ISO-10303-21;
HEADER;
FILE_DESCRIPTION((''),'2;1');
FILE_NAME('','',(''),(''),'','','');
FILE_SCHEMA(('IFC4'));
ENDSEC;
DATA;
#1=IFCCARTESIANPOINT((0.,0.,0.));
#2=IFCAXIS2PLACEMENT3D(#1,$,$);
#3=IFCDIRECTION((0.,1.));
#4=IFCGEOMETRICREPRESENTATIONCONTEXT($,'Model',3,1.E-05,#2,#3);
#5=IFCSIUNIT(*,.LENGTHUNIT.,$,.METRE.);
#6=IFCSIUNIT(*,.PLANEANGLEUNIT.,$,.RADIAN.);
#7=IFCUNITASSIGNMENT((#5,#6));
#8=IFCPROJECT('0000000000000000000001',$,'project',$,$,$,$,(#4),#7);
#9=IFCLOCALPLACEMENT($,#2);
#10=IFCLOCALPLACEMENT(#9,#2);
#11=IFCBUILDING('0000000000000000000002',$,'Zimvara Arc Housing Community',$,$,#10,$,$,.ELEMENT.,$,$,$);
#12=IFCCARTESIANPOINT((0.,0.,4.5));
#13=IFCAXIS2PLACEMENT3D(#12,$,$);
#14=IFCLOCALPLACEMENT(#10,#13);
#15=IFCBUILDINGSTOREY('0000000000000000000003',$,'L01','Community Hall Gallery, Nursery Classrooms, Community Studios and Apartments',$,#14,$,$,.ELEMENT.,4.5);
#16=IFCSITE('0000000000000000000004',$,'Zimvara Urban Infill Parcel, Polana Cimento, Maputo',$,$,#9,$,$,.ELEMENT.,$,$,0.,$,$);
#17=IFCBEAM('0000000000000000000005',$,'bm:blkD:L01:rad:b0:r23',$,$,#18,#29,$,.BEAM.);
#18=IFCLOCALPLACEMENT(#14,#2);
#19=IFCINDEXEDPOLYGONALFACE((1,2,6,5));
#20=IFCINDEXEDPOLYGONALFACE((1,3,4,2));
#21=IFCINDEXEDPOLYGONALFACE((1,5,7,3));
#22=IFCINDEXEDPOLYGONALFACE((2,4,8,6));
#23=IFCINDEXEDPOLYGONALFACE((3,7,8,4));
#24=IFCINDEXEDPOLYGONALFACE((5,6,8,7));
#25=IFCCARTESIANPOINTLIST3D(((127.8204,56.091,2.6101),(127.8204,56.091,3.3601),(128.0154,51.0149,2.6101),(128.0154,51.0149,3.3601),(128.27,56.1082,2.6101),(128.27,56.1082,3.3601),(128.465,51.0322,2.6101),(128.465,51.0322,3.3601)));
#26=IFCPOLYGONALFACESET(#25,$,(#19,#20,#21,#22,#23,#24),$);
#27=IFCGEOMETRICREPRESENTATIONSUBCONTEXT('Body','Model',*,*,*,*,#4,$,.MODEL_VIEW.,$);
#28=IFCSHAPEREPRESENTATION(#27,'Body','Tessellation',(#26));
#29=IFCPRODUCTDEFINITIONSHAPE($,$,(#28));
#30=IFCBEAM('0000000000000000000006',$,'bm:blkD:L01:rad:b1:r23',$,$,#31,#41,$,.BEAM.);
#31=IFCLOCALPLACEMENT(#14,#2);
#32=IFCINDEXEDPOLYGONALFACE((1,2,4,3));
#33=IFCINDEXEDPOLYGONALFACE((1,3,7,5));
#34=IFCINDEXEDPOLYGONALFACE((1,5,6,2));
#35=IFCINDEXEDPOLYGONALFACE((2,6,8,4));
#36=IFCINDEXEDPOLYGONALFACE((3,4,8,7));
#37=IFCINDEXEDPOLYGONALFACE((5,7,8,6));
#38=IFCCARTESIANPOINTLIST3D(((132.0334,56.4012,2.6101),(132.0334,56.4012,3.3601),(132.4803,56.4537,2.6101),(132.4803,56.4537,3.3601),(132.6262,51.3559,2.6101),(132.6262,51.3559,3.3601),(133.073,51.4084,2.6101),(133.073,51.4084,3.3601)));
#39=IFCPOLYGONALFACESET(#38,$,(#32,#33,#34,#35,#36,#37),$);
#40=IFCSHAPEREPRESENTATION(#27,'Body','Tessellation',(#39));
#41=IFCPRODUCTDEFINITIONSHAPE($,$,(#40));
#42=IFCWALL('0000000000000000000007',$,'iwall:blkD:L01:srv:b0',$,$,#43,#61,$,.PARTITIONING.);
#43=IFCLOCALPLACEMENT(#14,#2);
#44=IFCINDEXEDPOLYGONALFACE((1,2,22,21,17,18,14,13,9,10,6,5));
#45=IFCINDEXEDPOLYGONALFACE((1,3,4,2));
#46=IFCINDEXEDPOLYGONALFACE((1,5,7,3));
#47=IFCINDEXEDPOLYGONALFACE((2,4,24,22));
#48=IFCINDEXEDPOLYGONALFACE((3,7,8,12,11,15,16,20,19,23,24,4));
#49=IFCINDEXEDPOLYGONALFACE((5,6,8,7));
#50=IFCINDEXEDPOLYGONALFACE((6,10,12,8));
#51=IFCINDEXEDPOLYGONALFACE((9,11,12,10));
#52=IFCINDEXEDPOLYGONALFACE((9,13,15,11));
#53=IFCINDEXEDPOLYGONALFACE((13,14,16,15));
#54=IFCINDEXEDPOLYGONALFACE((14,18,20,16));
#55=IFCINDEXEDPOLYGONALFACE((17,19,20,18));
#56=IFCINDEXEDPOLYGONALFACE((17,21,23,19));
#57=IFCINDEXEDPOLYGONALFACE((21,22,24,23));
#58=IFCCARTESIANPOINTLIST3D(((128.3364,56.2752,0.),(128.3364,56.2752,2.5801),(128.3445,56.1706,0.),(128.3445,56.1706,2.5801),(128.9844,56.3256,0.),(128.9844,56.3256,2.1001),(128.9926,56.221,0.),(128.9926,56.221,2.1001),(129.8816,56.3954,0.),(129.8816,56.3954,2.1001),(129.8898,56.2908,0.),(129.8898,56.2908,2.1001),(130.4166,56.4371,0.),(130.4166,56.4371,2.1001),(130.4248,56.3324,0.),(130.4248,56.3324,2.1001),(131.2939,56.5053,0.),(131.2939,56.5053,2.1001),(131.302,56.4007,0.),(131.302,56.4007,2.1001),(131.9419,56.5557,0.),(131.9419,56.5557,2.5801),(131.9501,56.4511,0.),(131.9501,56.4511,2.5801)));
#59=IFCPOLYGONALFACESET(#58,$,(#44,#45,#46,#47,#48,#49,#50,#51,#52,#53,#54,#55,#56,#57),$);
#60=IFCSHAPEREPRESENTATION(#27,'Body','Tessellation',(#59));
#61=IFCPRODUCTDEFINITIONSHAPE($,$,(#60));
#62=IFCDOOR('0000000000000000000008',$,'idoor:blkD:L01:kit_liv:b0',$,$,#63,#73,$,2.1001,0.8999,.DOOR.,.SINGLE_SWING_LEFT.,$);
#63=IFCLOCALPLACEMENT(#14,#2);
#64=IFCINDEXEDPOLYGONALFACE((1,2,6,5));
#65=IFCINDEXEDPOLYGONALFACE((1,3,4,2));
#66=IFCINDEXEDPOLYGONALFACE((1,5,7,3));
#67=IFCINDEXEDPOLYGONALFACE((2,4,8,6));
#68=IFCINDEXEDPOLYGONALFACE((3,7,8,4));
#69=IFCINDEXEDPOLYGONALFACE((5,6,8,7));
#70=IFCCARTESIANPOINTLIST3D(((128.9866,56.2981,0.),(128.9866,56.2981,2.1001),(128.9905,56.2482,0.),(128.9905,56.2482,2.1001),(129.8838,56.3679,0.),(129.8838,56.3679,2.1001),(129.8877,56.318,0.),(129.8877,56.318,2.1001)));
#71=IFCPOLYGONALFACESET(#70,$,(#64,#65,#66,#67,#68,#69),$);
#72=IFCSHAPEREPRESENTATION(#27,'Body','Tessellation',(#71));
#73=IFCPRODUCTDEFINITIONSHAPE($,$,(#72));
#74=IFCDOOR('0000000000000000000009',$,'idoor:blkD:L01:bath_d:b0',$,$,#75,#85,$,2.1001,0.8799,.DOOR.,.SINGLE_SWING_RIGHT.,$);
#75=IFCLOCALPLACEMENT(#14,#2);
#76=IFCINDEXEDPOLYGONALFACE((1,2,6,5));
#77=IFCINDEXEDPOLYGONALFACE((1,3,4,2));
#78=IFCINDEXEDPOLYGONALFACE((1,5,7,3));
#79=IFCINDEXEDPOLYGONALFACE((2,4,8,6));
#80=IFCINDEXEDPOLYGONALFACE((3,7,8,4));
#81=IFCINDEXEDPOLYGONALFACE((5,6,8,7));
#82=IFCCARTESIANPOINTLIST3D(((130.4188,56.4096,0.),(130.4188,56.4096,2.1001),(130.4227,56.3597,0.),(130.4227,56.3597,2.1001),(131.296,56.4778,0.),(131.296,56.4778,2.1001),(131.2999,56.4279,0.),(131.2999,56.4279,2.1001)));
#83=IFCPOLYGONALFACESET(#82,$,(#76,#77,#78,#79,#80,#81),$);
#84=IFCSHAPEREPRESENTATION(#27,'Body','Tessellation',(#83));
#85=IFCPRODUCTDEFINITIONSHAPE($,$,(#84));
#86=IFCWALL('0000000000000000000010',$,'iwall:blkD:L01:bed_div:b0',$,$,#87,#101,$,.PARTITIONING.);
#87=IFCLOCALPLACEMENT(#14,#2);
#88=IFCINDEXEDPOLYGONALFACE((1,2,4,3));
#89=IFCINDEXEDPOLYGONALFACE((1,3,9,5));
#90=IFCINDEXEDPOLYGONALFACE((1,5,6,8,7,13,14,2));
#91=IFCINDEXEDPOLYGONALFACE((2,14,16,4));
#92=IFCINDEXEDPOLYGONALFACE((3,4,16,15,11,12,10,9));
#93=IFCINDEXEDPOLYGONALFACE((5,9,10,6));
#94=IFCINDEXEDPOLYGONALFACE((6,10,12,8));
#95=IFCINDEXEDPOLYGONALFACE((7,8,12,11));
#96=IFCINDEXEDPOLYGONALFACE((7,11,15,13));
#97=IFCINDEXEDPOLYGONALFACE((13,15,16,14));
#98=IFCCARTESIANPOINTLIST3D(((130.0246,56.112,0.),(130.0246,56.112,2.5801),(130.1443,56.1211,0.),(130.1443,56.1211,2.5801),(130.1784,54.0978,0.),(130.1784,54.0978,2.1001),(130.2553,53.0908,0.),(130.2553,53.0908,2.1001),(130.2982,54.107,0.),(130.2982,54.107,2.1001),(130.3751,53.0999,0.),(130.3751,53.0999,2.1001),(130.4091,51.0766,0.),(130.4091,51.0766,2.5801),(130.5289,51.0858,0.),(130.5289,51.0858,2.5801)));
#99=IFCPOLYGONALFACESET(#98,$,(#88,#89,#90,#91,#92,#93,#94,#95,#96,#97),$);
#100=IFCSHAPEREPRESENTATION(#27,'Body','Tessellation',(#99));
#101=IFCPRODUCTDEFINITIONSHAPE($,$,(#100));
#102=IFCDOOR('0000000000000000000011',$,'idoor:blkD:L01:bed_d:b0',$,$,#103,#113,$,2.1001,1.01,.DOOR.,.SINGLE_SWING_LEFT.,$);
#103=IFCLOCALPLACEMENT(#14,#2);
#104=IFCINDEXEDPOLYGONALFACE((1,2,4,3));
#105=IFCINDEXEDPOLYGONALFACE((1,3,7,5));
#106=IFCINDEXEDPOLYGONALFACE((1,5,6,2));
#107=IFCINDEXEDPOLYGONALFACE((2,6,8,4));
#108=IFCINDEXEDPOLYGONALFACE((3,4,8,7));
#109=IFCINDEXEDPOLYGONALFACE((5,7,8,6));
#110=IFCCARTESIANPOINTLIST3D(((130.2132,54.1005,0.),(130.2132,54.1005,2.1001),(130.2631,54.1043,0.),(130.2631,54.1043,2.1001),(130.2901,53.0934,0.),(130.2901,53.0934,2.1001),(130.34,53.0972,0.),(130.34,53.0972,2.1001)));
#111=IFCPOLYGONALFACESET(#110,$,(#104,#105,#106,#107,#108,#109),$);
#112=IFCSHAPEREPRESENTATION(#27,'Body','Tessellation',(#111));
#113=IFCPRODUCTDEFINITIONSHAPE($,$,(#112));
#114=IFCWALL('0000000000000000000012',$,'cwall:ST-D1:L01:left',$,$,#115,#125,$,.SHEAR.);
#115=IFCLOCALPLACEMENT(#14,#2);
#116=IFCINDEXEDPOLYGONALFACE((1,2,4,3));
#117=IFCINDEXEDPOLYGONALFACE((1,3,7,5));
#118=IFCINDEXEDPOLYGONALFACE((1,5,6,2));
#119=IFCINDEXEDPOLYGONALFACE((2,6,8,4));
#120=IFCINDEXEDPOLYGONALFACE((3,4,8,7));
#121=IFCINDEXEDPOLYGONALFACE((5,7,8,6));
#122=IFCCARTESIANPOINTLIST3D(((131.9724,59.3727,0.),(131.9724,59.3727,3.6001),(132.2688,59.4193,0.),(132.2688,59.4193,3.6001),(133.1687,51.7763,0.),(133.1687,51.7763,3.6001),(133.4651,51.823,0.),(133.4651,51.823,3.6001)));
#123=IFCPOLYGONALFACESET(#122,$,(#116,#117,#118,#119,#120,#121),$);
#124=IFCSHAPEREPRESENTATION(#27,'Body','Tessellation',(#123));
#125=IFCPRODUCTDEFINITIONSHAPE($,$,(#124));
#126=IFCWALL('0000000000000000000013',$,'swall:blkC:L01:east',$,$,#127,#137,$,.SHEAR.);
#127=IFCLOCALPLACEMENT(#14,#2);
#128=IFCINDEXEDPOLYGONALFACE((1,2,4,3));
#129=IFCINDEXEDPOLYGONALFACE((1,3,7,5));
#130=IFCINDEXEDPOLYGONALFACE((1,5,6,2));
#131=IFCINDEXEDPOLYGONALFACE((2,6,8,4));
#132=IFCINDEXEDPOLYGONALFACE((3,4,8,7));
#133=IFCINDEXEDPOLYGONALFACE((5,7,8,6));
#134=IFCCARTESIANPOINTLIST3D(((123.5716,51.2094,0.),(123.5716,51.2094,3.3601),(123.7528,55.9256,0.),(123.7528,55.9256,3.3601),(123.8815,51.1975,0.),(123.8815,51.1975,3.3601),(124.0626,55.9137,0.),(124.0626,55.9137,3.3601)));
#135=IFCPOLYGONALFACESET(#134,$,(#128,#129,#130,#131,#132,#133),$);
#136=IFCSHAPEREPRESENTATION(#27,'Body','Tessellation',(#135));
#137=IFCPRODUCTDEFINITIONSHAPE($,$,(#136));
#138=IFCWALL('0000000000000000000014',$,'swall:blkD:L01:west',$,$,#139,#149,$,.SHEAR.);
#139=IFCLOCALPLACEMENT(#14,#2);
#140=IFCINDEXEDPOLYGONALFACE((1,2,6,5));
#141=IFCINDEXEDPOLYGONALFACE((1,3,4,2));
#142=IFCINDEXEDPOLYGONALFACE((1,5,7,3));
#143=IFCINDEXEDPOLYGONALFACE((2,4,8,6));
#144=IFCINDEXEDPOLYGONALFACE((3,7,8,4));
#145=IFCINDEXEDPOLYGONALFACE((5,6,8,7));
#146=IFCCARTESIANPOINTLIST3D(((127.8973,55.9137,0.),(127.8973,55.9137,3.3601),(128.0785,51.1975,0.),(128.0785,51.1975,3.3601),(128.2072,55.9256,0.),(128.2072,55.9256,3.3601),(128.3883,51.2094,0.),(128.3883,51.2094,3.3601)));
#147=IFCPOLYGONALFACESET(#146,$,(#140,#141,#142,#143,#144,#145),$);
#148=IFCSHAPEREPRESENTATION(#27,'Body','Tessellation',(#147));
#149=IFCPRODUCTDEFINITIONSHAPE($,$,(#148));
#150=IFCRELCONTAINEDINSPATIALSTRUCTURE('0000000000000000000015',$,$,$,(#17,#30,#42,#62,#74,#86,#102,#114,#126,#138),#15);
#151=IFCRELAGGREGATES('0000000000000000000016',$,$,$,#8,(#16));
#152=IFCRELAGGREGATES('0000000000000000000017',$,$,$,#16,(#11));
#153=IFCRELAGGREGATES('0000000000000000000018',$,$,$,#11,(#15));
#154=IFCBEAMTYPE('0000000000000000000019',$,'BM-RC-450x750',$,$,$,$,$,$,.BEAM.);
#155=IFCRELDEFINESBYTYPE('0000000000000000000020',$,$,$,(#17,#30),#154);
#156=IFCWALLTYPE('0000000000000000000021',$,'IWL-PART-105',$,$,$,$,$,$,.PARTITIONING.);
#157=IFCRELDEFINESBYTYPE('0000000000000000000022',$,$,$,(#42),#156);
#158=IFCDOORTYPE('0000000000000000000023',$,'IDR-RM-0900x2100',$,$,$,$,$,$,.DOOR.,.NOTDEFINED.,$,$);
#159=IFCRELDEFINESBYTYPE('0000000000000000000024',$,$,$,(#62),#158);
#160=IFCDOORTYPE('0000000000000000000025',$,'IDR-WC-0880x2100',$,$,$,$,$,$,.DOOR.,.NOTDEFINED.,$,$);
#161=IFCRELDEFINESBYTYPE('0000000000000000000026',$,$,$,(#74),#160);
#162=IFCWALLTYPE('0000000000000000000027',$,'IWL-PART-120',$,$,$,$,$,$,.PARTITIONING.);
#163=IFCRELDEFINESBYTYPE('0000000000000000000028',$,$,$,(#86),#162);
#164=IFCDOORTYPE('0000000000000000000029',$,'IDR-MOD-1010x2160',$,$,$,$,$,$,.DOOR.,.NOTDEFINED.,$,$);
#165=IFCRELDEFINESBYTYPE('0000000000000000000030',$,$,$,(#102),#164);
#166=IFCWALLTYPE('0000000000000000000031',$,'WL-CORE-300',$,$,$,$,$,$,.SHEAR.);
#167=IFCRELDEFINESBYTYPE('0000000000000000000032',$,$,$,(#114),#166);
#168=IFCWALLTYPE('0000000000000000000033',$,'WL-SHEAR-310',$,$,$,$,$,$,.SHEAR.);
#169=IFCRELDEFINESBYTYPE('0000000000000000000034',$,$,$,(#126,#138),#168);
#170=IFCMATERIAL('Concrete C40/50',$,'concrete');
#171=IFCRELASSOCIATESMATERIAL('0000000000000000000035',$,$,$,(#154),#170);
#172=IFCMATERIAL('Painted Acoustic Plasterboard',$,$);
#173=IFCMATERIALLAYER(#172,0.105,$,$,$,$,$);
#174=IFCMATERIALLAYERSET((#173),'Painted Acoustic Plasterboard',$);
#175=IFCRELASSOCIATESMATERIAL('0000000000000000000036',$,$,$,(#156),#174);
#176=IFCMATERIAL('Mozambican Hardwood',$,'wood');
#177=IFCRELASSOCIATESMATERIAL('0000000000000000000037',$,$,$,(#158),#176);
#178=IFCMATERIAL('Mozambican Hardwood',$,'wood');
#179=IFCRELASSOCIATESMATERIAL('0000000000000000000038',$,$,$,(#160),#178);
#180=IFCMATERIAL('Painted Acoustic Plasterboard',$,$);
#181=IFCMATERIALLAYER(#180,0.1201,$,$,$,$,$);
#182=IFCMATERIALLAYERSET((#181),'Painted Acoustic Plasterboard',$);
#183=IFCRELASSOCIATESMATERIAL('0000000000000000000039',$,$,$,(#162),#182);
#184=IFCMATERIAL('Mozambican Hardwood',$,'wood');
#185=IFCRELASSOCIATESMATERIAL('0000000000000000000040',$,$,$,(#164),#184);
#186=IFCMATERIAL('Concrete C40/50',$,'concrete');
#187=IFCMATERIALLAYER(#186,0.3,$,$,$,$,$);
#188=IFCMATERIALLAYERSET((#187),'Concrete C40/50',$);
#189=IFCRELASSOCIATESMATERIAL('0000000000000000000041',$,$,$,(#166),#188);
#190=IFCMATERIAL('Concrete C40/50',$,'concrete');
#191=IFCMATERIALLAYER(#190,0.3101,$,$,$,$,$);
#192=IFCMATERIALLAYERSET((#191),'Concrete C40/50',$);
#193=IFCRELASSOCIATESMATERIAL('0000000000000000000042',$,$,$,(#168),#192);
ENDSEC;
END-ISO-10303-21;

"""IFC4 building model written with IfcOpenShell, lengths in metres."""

from ifc_helpers import new_model, si_unit, direction, frame, frame_2d, origin, origin_2d, place, context, subcontext, project, spatial, rectangle, extrude, material, layer, layer_set, material_profile, profile_set, type_object, element, fill, save


model = new_model("IFC4")

# Units and contexts
model_context = context("Model", 3, precision=1e-05, world=origin(), true_north=direction((0.0, 1.0)))
body_context = subcontext(model_context, "Body", "Model", "MODEL_VIEW")
ifc_project = project(units=[si_unit("LENGTHUNIT", "METRE"), si_unit("PLANEANGLEUNIT", "RADIAN")], contexts=[model_context])

# Site, building, storey
site_placement = place(None, origin())
site = spatial("IfcSite", under=ifc_project, at=site_placement, Name="Zimvara Urban Infill Parcel, Polana Cimento, Maputo", CompositionType="ELEMENT", RefElevation=0.0)
building_placement = place(site_placement, origin())
building = spatial("IfcBuilding", under=site, at=building_placement, Name="Zimvara Arc Housing Community", CompositionType="ELEMENT")
storey_placement = place(building_placement, frame((0.0, 0.0, 4.5)))
storey = spatial("IfcBuildingStorey", under=building, at=storey_placement, Name="L01", Description="Community Hall Gallery, Nursery Classrooms, Community Studios and Apartments", CompositionType="ELEMENT", Elevation=4.5)

# Beams
ifc_material_1 = material(Name="Concrete C40/50", Category="concrete")
ifc_material_profile_1 = material_profile(ifc_material_1, rectangle(XDim=0.45, YDim=0.75, at=origin_2d()), Name="RC 450x750")
ifc_profile_set_1 = profile_set([ifc_material_profile_1], Name="Concrete C40/50")
beam_type_1 = type_object("IfcBeamType", Name="BM-RC-450x750", PredefinedType="BEAM", material=ifc_profile_set_1)
for number, where, z_axis, x_axis, name in (
    (1, (128.0452, 56.0996, 2.9851), (0.0384, -0.999262, 0.0), (0.999262, 0.0384, 0.0), "bm:blkD:L01:rad:b0:r23"),
):
    element("IfcBeam", number, at=place(storey_placement, frame(where, z_axis=z_axis, x_axis=x_axis)), inside=storey, type_object=beam_type_1, Name=name, PredefinedType="BEAM", context=body_context, shape_type="SweptSolid", body=[
        extrude(rectangle(XDim=0.45, YDim=0.75, at=origin_2d()), origin(), (0.0, 0.0, 1.0), 5.0798),
    ])
beam_1_placement = place(storey_placement, frame((132.2568, 56.4275, 2.9851), z_axis=(0.116685, -0.993169, 0.0), x_axis=(0.993169, 0.116685, 0.0)))
element("IfcBeam", 2, at=beam_1_placement, inside=storey, type_object=beam_type_1, Name="bm:blkD:L01:rad:b1:r23", PredefinedType="BEAM", context=body_context, shape_type="SweptSolid", body=[
    extrude(rectangle(XDim=0.45, YDim=0.75, at=origin_2d()), origin(), (0.0, 0.0, 1.0), 5.0801),
])

# Wall, openings, doors
ifc_material_2 = material(Name="Painted Acoustic Plasterboard")
ifc_layer_1 = layer(ifc_material_2, 0.105)
ifc_layer_set_1 = layer_set([ifc_layer_1], Name="Painted Acoustic Plasterboard")
wall_type_1 = type_object("IfcWallType", Name="IWL-PART-105", PredefinedType="PARTITIONING", material=ifc_layer_set_1)
wall_1_placement = place(storey_placement, frame((128.3406, 56.2229, 0.0), z_axis=(0.0, 0.0, 1.0), x_axis=(0.996987, 0.077569, 0.0)))
wall_1 = element("IfcWall", 3, at=wall_1_placement, inside=storey, type_object=wall_type_1, Name="iwall:blkD:L01:srv:b0", PredefinedType="PARTITIONING", context=body_context, shape_type="SweptSolid", body=[
    extrude(rectangle(XDim=3.6165, YDim=0.105, at=frame_2d((1.8081, 0.0))), origin(), (0.0, 0.0, 1.0), 2.5801),
])
opening_1_placement = place(wall_1_placement, frame((0.6499, 0.0, 0.0)))
opening_1 = element("IfcOpeningElement", 4, at=opening_1_placement, cuts=wall_1, PredefinedType="OPENING", context=body_context, shape_type="SweptSolid", body=[
    extrude(rectangle(XDim=0.8999, YDim=2.1001, at=frame_2d((0.45, 1.05))), frame((0.0, 0.0625, 0.0), z_axis=(0.0, -1.0, 0.0), x_axis=(1.0, 0.0, 0.0)), (0.0, 0.0, 1.0), 0.125),
])
opening_2_placement = place(wall_1_placement, frame((2.0864, 0.0, 0.0)))
opening_2 = element("IfcOpeningElement", 5, at=opening_2_placement, cuts=wall_1, PredefinedType="OPENING", context=body_context, shape_type="SweptSolid", body=[
    extrude(rectangle(XDim=0.8799, YDim=2.1001, at=frame_2d((0.4399, 1.05))), frame((0.0, 0.0625, 0.0), z_axis=(0.0, -1.0, 0.0), x_axis=(1.0, 0.0, 0.0)), (0.0, 0.0, 1.0), 0.125),
])
ifc_material_3 = material(Name="Mozambican Hardwood", Category="wood")
door_type_1 = type_object("IfcDoorType", Name="IDR-RM-0900x2100", OperationType="NOTDEFINED", PredefinedType="DOOR", material=ifc_material_3)
door_1_placement = place(opening_1_placement, origin())
door_1 = element("IfcDoor", 6, at=door_1_placement, inside=storey, type_object=door_type_1, Name="idoor:blkD:L01:kit_liv:b0", OperationType="SINGLE_SWING_LEFT", OverallHeight=2.1001, OverallWidth=0.8999, PredefinedType="DOOR", context=body_context, shape_type="SweptSolid", body=[
    extrude(rectangle(XDim=0.8999, YDim=2.1001, at=frame_2d((0.45, 1.05))), frame((0.0, 0.0249, 0.0), z_axis=(0.0, -1.0, 0.0), x_axis=(1.0, 0.0, 0.0)), (0.0, 0.0, 1.0), 0.05),
])
fill(opening_1, door_1)
ifc_material_4 = material(Name="Mozambican Hardwood", Category="wood")
door_type_2 = type_object("IfcDoorType", Name="IDR-WC-0880x2100", OperationType="NOTDEFINED", PredefinedType="DOOR", material=ifc_material_4)
door_2_placement = place(opening_2_placement, origin())
door_2 = element("IfcDoor", 7, at=door_2_placement, inside=storey, type_object=door_type_2, Name="idoor:blkD:L01:bath_d:b0", OperationType="SINGLE_SWING_RIGHT", OverallHeight=2.1001, OverallWidth=0.8799, PredefinedType="DOOR", context=body_context, shape_type="SweptSolid", body=[
    extrude(rectangle(XDim=0.8799, YDim=2.1001, at=frame_2d((0.4399, 1.05))), frame((0.0, 0.0249, 0.0), z_axis=(0.0, -1.0, 0.0), x_axis=(1.0, 0.0, 0.0)), (0.0, 0.0, 1.0), 0.05),
])
fill(opening_2, door_2)

# Wall, opening, door
ifc_material_5 = material(Name="Painted Acoustic Plasterboard")
ifc_layer_2 = layer(ifc_material_5, 0.1201)
ifc_layer_set_2 = layer_set([ifc_layer_2], Name="Painted Acoustic Plasterboard")
wall_type_2 = type_object("IfcWallType", Name="IWL-PART-120", PredefinedType="PARTITIONING", material=ifc_layer_set_2)
wall_2_placement = place(storey_placement, frame((130.0845, 56.1165, 0.0), z_axis=(0.0, 0.0, 1.0), x_axis=(0.076142, -0.997097, 0.0)))
wall_2 = element("IfcWall", 8, at=wall_2_placement, inside=storey, type_object=wall_type_2, Name="iwall:blkD:L01:bed_div:b0", PredefinedType="PARTITIONING", context=body_context, shape_type="SweptSolid", body=[
    extrude(rectangle(XDim=5.05, YDim=0.1201, at=frame_2d((2.5249, 0.0))), origin(), (0.0, 0.0, 1.0), 2.5801),
])
opening_3_placement = place(wall_2_placement, frame((2.02, 0.0, 0.0)))
opening_3 = element("IfcOpeningElement", 9, at=opening_3_placement, cuts=wall_2, PredefinedType="OPENING", context=body_context, shape_type="SweptSolid", body=[
    extrude(rectangle(XDim=1.01, YDim=2.1001, at=frame_2d((0.5049, 1.05))), frame((0.0, 0.0701, 0.0), z_axis=(0.0, -1.0, 0.0), x_axis=(1.0, 0.0, 0.0)), (0.0, 0.0, 1.0), 0.1401),
])
ifc_material_6 = material(Name="Mozambican Hardwood", Category="wood")
door_type_3 = type_object("IfcDoorType", Name="IDR-MOD-1010x2160", OperationType="NOTDEFINED", PredefinedType="DOOR", material=ifc_material_6)
door_3_placement = place(opening_3_placement, origin())
door_3 = element("IfcDoor", 10, at=door_3_placement, inside=storey, type_object=door_type_3, Name="idoor:blkD:L01:bed_d:b0", OperationType="SINGLE_SWING_LEFT", OverallHeight=2.1001, OverallWidth=1.01, PredefinedType="DOOR", context=body_context, shape_type="SweptSolid", body=[
    extrude(rectangle(XDim=1.01, YDim=2.1001, at=frame_2d((0.5049, 1.05))), frame((0.0, 0.0249, 0.0), z_axis=(0.0, -1.0, 0.0), x_axis=(1.0, 0.0, 0.0)), (0.0, 0.0, 1.0), 0.05),
])
fill(opening_3, door_3)
ifc_material_7 = material(Name="Concrete C40/50", Category="concrete")
ifc_layer_3 = layer(ifc_material_7, 0.3)
ifc_layer_set_3 = layer_set([ifc_layer_3], Name="Concrete C40/50")
wall_type_3 = type_object("IfcWallType", Name="WL-CORE-300", PredefinedType="SHEAR", material=ifc_layer_set_3)

# Walls
wall_3_placement = place(storey_placement, frame((132.1206, 59.396, 0.0), z_axis=(0.0, 0.0, 1.0), x_axis=(0.155563, -0.987826, 0.0)))
element("IfcWall", 11, at=wall_3_placement, inside=storey, type_object=wall_type_3, Name="cwall:ST-D1:L01:left", PredefinedType="SHEAR", context=body_context, shape_type="SweptSolid", body=[
    extrude(rectangle(XDim=7.6899, YDim=0.3, at=frame_2d((3.845, 0.0))), origin(), (0.0, 0.0, 1.0), 3.6001),
])
ifc_material_8 = material(Name="Concrete C40/50", Category="concrete")
ifc_layer_4 = layer(ifc_material_8, 0.3101)
ifc_layer_set_4 = layer_set([ifc_layer_4], Name="Concrete C40/50")
wall_type_4 = type_object("IfcWallType", Name="WL-SHEAR-310", PredefinedType="SHEAR", material=ifc_layer_set_4)
for number, where, z_axis, x_axis, name in (
    (12, (123.9077, 55.9197, 0.0), (0.0, 0.0, 1.0), (-0.038381, -0.999263, 0.0), "swall:blkC:L01:east"),
    (13, (128.0522, 55.9197, 0.0), (0.0, 0.0, 1.0), (0.038381, -0.999263, 0.0), "swall:blkD:L01:west"),
):
    element("IfcWall", number, at=place(storey_placement, frame(where, z_axis=z_axis, x_axis=x_axis)), inside=storey, type_object=wall_type_4, Name=name, PredefinedType="SHEAR", context=body_context, shape_type="SweptSolid", body=[
        extrude(rectangle(XDim=4.7197, YDim=0.3101, at=frame_2d((2.3599, 0.0))), origin(), (0.0, 0.0, 1.0), 3.3601),
    ])

save(model, "model.ifc")
